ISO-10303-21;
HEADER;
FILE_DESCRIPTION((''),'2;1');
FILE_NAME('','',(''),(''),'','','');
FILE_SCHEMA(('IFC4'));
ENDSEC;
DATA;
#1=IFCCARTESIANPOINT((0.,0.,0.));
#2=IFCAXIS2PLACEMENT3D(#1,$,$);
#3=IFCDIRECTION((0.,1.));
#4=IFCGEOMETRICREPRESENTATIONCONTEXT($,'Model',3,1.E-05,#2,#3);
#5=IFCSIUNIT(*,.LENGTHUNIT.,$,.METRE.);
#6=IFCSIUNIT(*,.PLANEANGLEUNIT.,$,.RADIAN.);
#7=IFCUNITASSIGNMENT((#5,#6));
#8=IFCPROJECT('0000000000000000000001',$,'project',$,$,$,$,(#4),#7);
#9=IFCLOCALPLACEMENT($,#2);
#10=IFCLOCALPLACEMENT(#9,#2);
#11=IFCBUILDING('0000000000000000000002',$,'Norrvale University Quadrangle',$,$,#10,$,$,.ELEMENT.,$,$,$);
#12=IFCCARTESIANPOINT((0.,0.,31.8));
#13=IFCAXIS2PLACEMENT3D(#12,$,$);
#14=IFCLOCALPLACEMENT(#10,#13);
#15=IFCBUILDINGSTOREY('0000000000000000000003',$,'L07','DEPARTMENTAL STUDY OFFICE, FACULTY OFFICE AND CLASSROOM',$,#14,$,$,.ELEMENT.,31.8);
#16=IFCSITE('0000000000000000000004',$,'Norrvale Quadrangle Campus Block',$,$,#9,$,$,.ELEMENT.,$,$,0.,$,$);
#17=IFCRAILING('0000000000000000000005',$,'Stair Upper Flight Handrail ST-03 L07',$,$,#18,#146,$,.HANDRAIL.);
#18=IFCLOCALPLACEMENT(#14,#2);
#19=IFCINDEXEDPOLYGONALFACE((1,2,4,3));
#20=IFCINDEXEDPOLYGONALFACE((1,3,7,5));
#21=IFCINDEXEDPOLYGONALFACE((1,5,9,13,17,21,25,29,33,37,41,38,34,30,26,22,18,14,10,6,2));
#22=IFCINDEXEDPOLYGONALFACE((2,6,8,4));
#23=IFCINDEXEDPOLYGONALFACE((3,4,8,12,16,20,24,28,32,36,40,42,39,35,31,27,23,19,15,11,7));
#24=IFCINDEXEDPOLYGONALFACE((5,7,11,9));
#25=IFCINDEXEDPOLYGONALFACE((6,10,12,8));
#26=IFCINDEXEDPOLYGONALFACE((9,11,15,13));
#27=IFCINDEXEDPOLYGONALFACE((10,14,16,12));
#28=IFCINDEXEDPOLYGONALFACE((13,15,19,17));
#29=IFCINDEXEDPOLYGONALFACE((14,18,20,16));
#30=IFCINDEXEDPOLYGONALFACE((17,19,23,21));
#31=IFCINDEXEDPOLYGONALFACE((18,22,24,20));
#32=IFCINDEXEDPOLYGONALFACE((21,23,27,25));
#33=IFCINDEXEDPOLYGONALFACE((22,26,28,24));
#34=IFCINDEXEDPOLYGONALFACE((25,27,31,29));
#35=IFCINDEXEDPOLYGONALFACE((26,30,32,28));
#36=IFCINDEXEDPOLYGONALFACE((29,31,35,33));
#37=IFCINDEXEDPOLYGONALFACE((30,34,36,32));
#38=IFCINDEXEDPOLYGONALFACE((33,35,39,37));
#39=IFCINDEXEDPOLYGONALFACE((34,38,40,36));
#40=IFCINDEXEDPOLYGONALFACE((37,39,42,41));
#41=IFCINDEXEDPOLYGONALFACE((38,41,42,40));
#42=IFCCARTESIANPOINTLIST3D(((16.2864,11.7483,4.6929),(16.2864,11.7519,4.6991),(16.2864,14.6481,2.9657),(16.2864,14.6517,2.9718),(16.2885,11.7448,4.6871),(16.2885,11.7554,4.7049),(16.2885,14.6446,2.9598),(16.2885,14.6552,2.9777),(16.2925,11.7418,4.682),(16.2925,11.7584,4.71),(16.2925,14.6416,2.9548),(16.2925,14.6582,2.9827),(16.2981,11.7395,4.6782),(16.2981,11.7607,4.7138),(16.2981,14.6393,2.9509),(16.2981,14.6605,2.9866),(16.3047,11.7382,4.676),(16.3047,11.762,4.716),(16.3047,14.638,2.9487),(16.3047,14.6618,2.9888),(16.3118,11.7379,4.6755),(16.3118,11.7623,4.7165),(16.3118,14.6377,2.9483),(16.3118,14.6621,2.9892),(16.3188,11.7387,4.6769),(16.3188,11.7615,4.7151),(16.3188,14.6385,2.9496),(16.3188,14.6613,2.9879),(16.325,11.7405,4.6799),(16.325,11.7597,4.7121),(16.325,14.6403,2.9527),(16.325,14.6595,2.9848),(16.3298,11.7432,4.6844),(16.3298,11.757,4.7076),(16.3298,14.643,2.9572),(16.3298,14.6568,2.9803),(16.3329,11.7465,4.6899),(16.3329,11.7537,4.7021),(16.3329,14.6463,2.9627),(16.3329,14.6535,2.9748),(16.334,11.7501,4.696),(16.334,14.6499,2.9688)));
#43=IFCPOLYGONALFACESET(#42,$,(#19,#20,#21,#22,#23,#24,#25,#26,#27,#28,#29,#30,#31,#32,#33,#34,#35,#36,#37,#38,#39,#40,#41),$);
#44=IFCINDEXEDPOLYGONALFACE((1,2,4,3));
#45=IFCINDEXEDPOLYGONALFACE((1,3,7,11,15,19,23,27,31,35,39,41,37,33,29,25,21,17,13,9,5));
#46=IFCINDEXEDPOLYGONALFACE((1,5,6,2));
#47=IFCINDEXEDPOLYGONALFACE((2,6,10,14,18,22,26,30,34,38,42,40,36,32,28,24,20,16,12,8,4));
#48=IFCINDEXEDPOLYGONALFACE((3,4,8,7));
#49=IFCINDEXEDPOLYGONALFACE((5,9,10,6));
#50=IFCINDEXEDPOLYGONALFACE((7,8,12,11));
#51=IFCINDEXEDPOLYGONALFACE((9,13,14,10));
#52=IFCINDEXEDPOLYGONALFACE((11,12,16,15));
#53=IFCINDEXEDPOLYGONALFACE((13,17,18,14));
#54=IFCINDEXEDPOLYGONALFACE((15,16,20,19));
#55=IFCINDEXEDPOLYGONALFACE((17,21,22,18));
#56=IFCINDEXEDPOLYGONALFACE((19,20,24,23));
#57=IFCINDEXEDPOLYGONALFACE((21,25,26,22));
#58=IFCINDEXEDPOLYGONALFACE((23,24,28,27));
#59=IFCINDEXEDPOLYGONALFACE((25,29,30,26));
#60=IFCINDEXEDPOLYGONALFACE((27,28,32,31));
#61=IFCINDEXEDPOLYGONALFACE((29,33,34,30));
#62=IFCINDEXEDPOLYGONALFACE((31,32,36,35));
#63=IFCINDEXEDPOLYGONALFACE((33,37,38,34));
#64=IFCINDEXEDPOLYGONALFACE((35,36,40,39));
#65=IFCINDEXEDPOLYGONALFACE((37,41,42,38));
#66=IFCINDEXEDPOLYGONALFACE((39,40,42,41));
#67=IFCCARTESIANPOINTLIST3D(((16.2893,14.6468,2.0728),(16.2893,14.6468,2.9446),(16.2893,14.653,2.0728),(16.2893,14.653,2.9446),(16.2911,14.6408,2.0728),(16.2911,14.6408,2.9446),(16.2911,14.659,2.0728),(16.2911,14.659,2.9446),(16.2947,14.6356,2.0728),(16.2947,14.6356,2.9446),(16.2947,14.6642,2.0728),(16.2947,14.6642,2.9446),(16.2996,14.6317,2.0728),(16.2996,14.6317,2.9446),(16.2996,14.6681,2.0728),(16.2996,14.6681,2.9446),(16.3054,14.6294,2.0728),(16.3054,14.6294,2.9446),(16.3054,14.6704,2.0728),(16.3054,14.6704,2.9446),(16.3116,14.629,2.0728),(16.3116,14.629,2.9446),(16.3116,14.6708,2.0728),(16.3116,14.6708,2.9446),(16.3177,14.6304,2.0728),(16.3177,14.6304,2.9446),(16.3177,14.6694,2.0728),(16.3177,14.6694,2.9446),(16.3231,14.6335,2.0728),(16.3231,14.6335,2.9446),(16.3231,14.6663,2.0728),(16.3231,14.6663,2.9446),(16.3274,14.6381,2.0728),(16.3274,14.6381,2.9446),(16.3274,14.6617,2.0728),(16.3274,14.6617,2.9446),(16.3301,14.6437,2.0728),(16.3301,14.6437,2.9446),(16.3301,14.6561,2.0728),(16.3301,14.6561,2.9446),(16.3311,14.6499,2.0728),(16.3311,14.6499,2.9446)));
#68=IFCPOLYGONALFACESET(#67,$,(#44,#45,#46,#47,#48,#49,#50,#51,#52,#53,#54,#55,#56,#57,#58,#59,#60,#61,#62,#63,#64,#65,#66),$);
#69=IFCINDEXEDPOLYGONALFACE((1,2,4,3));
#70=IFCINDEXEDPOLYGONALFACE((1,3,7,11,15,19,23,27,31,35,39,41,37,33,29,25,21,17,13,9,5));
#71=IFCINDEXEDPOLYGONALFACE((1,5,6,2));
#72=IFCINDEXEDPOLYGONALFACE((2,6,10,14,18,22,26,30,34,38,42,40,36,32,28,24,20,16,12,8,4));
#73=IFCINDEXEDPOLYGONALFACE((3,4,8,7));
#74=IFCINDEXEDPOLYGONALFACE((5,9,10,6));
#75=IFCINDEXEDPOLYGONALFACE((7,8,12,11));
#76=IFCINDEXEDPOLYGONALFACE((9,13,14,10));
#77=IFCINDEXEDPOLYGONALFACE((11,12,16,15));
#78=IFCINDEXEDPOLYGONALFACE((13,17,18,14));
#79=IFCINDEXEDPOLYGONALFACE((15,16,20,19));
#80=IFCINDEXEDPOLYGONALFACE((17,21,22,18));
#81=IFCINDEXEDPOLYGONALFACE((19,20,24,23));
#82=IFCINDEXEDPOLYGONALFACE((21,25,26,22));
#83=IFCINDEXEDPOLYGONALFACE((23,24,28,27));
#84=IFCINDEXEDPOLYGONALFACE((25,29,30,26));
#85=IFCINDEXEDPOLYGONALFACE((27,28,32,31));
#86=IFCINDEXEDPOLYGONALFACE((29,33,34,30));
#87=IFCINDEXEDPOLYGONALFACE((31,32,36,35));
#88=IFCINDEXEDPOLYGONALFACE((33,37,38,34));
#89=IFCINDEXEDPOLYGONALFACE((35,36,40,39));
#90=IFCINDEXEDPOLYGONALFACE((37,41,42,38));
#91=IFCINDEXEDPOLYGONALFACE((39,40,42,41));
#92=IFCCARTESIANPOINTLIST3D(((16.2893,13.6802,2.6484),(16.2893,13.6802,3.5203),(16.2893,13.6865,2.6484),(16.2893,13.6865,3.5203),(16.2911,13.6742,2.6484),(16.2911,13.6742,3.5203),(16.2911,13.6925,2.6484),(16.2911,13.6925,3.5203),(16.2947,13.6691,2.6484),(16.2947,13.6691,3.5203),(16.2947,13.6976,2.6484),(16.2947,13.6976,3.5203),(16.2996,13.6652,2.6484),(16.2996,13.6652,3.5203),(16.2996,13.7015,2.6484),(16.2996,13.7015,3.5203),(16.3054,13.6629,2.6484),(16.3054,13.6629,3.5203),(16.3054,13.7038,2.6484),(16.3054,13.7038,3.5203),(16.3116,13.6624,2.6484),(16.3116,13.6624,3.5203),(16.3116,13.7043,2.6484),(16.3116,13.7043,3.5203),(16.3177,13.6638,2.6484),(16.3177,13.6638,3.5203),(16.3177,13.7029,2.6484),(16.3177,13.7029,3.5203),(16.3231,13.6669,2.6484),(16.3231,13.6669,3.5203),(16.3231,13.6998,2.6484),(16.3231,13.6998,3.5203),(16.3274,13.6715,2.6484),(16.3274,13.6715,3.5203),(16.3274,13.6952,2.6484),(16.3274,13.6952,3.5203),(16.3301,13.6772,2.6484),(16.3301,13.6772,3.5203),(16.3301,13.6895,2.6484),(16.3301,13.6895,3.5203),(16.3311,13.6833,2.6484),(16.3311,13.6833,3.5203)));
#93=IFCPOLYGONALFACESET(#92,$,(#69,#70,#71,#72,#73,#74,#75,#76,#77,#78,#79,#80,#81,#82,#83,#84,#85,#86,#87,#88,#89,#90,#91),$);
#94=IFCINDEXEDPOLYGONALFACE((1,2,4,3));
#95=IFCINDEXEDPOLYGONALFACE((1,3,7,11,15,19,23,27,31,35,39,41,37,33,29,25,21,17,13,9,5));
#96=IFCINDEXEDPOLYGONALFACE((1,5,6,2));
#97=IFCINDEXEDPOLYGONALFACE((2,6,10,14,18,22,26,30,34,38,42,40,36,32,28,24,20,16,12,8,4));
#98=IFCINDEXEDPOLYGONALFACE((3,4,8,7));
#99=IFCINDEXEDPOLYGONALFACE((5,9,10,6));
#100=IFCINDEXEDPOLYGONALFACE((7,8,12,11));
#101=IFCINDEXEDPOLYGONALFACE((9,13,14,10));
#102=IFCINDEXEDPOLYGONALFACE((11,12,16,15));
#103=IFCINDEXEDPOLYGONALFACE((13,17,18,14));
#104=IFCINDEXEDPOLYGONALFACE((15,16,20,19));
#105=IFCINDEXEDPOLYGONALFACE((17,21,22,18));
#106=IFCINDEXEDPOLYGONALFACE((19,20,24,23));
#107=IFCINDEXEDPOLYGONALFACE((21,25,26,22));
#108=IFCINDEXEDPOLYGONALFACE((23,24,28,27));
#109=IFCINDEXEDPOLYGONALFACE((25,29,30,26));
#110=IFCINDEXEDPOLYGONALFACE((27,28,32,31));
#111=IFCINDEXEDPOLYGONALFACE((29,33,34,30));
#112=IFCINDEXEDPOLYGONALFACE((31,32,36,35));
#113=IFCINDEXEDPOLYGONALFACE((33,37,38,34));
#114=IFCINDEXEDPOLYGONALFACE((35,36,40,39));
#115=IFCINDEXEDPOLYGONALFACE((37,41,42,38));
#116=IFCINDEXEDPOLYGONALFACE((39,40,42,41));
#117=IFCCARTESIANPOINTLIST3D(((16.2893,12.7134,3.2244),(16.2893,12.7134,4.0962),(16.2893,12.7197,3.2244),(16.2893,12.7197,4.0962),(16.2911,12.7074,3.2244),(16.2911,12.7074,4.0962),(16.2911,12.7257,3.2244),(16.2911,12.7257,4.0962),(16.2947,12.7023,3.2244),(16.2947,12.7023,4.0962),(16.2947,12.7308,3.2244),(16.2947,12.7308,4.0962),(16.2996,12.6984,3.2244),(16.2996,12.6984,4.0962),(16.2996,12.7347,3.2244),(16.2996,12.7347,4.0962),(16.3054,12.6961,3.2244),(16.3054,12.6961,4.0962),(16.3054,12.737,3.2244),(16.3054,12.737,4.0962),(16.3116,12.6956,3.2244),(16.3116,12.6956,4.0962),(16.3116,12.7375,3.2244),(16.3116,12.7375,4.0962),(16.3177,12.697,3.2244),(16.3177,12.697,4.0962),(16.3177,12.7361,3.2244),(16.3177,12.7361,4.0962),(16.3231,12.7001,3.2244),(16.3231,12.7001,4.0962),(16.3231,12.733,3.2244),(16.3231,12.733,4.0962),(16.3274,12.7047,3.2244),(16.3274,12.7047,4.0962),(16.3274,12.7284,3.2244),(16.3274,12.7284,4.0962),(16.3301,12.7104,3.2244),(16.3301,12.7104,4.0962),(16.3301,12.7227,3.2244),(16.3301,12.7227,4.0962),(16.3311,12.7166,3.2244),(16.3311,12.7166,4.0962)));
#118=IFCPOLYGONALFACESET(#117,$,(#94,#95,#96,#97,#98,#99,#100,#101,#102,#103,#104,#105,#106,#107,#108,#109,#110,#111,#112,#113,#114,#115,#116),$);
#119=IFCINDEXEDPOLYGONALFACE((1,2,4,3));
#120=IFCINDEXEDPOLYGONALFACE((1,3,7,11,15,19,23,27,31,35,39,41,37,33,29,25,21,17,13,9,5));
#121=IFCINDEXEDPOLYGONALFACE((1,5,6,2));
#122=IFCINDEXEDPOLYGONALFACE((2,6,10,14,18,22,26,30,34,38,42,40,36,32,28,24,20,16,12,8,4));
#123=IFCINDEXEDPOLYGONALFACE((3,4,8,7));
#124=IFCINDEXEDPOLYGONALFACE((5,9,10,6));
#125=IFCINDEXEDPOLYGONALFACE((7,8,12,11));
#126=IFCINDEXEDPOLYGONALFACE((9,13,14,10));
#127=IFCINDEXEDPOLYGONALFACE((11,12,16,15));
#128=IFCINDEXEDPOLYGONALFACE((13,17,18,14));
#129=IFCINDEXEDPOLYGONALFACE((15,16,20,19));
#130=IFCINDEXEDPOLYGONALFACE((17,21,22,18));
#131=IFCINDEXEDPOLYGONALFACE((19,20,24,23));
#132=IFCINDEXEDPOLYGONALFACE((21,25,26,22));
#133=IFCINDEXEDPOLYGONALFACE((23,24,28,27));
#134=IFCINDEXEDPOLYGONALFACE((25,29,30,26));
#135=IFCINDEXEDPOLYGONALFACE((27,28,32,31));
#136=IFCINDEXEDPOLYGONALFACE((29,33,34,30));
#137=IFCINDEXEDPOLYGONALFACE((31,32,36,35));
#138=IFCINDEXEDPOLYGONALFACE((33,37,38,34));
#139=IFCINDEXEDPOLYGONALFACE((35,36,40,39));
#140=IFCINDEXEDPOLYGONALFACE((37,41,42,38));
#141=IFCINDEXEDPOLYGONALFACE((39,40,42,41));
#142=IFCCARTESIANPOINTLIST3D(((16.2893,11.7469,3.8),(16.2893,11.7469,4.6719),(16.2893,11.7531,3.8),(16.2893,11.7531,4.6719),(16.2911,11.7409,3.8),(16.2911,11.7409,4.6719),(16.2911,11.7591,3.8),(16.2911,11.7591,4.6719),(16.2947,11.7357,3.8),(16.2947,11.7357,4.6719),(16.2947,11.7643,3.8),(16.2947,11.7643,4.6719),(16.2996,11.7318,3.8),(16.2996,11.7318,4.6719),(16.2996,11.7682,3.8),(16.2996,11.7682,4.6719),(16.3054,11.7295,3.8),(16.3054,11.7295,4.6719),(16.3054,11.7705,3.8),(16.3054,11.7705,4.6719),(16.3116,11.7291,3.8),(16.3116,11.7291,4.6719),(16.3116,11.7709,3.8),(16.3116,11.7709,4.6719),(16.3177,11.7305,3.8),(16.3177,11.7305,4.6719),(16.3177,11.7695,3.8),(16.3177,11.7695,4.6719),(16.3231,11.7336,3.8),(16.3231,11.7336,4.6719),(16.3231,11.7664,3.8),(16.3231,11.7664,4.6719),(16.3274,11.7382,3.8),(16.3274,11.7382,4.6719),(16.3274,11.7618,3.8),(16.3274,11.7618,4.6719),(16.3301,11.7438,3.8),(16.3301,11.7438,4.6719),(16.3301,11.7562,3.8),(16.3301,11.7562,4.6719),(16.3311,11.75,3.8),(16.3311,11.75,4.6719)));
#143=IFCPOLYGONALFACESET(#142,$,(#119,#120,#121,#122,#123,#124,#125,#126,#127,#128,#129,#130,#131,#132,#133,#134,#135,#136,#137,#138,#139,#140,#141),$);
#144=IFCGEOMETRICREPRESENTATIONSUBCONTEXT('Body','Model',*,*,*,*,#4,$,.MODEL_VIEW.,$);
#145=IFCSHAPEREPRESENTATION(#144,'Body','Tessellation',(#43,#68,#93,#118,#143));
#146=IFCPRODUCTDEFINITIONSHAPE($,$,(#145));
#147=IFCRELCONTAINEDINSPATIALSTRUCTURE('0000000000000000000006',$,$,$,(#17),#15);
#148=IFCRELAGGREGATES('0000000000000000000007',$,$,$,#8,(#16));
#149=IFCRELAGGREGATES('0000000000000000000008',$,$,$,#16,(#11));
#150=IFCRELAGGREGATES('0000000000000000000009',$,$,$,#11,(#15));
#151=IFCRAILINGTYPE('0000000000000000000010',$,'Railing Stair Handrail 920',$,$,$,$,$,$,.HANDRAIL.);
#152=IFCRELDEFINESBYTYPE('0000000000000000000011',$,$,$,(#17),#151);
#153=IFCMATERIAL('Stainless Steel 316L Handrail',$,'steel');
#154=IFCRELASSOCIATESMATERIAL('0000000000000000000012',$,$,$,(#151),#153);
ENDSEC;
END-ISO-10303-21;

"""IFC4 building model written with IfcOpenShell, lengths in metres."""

from ifc_helpers import new_model, si_unit, direction, frame, origin, origin_2d, place, context, subcontext, project, spatial, circle, extrude, material, type_object, element, save


model = new_model("IFC4")

# Units and contexts
model_context = context("Model", 3, precision=1e-05, world=origin(), true_north=direction((0.0, 1.0)))
body_context = subcontext(model_context, "Body", "Model", "MODEL_VIEW")
ifc_project = project(units=[si_unit("LENGTHUNIT", "METRE"), si_unit("PLANEANGLEUNIT", "RADIAN")], contexts=[model_context])

# Site, building, storey
site_placement = place(None, origin())
site = spatial("IfcSite", under=ifc_project, at=site_placement, Name="Norrvale Quadrangle Campus Block", CompositionType="ELEMENT", RefElevation=0.0)
building_placement = place(site_placement, origin())
building = spatial("IfcBuilding", under=site, at=building_placement, Name="Norrvale University Quadrangle", CompositionType="ELEMENT")
storey_placement = place(building_placement, frame((0.0, 0.0, 31.8)))
storey = spatial("IfcBuildingStorey", under=building, at=storey_placement, Name="L07", Description="DEPARTMENTAL STUDY OFFICE, FACULTY OFFICE AND CLASSROOM", CompositionType="ELEMENT", Elevation=31.8)

# Railing
ifc_material_1 = material(Name="Stainless Steel 316L Handrail", Category="steel")
railing_type_1 = type_object("IfcRailingType", Name="Railing Stair Handrail 920", PredefinedType="HANDRAIL", material=ifc_material_1)
railing_1_placement = place(storey_placement, frame((16.3101, 14.6499, 2.0728)))
element("IfcRailing", 1, at=railing_1_placement, inside=storey, type_object=railing_type_1, Name="Stair Upper Flight Handrail ST-03 L07", PredefinedType="HANDRAIL", context=body_context, shape_type="SweptSolid", body=[
    extrude(circle(Radius=0.0239, at=origin_2d()), frame((0.0, 0.0, 0.896), z_axis=(0.0, -0.859141, 0.511738), x_axis=(1.0, 0.0, 0.0)), (0.0, 0.0, 1.0), 3.3752),
    extrude(circle(Radius=0.021, at=origin_2d()), origin(), (0.0, 0.0, 1.0), 0.8718),
    extrude(circle(Radius=0.021, at=origin_2d()), frame((0.0, -0.9666, 0.5757)), (0.0, 0.0, 1.0), 0.8718),
    extrude(circle(Radius=0.021, at=origin_2d()), frame((0.0, -1.9333, 1.1516)), (0.0, 0.0, 1.0), 0.8718),
    extrude(circle(Radius=0.021, at=origin_2d()), frame((0.0, -2.8999, 1.7273)), (0.0, 0.0, 1.0), 0.8718),
])

save(model, "model.ifc")
